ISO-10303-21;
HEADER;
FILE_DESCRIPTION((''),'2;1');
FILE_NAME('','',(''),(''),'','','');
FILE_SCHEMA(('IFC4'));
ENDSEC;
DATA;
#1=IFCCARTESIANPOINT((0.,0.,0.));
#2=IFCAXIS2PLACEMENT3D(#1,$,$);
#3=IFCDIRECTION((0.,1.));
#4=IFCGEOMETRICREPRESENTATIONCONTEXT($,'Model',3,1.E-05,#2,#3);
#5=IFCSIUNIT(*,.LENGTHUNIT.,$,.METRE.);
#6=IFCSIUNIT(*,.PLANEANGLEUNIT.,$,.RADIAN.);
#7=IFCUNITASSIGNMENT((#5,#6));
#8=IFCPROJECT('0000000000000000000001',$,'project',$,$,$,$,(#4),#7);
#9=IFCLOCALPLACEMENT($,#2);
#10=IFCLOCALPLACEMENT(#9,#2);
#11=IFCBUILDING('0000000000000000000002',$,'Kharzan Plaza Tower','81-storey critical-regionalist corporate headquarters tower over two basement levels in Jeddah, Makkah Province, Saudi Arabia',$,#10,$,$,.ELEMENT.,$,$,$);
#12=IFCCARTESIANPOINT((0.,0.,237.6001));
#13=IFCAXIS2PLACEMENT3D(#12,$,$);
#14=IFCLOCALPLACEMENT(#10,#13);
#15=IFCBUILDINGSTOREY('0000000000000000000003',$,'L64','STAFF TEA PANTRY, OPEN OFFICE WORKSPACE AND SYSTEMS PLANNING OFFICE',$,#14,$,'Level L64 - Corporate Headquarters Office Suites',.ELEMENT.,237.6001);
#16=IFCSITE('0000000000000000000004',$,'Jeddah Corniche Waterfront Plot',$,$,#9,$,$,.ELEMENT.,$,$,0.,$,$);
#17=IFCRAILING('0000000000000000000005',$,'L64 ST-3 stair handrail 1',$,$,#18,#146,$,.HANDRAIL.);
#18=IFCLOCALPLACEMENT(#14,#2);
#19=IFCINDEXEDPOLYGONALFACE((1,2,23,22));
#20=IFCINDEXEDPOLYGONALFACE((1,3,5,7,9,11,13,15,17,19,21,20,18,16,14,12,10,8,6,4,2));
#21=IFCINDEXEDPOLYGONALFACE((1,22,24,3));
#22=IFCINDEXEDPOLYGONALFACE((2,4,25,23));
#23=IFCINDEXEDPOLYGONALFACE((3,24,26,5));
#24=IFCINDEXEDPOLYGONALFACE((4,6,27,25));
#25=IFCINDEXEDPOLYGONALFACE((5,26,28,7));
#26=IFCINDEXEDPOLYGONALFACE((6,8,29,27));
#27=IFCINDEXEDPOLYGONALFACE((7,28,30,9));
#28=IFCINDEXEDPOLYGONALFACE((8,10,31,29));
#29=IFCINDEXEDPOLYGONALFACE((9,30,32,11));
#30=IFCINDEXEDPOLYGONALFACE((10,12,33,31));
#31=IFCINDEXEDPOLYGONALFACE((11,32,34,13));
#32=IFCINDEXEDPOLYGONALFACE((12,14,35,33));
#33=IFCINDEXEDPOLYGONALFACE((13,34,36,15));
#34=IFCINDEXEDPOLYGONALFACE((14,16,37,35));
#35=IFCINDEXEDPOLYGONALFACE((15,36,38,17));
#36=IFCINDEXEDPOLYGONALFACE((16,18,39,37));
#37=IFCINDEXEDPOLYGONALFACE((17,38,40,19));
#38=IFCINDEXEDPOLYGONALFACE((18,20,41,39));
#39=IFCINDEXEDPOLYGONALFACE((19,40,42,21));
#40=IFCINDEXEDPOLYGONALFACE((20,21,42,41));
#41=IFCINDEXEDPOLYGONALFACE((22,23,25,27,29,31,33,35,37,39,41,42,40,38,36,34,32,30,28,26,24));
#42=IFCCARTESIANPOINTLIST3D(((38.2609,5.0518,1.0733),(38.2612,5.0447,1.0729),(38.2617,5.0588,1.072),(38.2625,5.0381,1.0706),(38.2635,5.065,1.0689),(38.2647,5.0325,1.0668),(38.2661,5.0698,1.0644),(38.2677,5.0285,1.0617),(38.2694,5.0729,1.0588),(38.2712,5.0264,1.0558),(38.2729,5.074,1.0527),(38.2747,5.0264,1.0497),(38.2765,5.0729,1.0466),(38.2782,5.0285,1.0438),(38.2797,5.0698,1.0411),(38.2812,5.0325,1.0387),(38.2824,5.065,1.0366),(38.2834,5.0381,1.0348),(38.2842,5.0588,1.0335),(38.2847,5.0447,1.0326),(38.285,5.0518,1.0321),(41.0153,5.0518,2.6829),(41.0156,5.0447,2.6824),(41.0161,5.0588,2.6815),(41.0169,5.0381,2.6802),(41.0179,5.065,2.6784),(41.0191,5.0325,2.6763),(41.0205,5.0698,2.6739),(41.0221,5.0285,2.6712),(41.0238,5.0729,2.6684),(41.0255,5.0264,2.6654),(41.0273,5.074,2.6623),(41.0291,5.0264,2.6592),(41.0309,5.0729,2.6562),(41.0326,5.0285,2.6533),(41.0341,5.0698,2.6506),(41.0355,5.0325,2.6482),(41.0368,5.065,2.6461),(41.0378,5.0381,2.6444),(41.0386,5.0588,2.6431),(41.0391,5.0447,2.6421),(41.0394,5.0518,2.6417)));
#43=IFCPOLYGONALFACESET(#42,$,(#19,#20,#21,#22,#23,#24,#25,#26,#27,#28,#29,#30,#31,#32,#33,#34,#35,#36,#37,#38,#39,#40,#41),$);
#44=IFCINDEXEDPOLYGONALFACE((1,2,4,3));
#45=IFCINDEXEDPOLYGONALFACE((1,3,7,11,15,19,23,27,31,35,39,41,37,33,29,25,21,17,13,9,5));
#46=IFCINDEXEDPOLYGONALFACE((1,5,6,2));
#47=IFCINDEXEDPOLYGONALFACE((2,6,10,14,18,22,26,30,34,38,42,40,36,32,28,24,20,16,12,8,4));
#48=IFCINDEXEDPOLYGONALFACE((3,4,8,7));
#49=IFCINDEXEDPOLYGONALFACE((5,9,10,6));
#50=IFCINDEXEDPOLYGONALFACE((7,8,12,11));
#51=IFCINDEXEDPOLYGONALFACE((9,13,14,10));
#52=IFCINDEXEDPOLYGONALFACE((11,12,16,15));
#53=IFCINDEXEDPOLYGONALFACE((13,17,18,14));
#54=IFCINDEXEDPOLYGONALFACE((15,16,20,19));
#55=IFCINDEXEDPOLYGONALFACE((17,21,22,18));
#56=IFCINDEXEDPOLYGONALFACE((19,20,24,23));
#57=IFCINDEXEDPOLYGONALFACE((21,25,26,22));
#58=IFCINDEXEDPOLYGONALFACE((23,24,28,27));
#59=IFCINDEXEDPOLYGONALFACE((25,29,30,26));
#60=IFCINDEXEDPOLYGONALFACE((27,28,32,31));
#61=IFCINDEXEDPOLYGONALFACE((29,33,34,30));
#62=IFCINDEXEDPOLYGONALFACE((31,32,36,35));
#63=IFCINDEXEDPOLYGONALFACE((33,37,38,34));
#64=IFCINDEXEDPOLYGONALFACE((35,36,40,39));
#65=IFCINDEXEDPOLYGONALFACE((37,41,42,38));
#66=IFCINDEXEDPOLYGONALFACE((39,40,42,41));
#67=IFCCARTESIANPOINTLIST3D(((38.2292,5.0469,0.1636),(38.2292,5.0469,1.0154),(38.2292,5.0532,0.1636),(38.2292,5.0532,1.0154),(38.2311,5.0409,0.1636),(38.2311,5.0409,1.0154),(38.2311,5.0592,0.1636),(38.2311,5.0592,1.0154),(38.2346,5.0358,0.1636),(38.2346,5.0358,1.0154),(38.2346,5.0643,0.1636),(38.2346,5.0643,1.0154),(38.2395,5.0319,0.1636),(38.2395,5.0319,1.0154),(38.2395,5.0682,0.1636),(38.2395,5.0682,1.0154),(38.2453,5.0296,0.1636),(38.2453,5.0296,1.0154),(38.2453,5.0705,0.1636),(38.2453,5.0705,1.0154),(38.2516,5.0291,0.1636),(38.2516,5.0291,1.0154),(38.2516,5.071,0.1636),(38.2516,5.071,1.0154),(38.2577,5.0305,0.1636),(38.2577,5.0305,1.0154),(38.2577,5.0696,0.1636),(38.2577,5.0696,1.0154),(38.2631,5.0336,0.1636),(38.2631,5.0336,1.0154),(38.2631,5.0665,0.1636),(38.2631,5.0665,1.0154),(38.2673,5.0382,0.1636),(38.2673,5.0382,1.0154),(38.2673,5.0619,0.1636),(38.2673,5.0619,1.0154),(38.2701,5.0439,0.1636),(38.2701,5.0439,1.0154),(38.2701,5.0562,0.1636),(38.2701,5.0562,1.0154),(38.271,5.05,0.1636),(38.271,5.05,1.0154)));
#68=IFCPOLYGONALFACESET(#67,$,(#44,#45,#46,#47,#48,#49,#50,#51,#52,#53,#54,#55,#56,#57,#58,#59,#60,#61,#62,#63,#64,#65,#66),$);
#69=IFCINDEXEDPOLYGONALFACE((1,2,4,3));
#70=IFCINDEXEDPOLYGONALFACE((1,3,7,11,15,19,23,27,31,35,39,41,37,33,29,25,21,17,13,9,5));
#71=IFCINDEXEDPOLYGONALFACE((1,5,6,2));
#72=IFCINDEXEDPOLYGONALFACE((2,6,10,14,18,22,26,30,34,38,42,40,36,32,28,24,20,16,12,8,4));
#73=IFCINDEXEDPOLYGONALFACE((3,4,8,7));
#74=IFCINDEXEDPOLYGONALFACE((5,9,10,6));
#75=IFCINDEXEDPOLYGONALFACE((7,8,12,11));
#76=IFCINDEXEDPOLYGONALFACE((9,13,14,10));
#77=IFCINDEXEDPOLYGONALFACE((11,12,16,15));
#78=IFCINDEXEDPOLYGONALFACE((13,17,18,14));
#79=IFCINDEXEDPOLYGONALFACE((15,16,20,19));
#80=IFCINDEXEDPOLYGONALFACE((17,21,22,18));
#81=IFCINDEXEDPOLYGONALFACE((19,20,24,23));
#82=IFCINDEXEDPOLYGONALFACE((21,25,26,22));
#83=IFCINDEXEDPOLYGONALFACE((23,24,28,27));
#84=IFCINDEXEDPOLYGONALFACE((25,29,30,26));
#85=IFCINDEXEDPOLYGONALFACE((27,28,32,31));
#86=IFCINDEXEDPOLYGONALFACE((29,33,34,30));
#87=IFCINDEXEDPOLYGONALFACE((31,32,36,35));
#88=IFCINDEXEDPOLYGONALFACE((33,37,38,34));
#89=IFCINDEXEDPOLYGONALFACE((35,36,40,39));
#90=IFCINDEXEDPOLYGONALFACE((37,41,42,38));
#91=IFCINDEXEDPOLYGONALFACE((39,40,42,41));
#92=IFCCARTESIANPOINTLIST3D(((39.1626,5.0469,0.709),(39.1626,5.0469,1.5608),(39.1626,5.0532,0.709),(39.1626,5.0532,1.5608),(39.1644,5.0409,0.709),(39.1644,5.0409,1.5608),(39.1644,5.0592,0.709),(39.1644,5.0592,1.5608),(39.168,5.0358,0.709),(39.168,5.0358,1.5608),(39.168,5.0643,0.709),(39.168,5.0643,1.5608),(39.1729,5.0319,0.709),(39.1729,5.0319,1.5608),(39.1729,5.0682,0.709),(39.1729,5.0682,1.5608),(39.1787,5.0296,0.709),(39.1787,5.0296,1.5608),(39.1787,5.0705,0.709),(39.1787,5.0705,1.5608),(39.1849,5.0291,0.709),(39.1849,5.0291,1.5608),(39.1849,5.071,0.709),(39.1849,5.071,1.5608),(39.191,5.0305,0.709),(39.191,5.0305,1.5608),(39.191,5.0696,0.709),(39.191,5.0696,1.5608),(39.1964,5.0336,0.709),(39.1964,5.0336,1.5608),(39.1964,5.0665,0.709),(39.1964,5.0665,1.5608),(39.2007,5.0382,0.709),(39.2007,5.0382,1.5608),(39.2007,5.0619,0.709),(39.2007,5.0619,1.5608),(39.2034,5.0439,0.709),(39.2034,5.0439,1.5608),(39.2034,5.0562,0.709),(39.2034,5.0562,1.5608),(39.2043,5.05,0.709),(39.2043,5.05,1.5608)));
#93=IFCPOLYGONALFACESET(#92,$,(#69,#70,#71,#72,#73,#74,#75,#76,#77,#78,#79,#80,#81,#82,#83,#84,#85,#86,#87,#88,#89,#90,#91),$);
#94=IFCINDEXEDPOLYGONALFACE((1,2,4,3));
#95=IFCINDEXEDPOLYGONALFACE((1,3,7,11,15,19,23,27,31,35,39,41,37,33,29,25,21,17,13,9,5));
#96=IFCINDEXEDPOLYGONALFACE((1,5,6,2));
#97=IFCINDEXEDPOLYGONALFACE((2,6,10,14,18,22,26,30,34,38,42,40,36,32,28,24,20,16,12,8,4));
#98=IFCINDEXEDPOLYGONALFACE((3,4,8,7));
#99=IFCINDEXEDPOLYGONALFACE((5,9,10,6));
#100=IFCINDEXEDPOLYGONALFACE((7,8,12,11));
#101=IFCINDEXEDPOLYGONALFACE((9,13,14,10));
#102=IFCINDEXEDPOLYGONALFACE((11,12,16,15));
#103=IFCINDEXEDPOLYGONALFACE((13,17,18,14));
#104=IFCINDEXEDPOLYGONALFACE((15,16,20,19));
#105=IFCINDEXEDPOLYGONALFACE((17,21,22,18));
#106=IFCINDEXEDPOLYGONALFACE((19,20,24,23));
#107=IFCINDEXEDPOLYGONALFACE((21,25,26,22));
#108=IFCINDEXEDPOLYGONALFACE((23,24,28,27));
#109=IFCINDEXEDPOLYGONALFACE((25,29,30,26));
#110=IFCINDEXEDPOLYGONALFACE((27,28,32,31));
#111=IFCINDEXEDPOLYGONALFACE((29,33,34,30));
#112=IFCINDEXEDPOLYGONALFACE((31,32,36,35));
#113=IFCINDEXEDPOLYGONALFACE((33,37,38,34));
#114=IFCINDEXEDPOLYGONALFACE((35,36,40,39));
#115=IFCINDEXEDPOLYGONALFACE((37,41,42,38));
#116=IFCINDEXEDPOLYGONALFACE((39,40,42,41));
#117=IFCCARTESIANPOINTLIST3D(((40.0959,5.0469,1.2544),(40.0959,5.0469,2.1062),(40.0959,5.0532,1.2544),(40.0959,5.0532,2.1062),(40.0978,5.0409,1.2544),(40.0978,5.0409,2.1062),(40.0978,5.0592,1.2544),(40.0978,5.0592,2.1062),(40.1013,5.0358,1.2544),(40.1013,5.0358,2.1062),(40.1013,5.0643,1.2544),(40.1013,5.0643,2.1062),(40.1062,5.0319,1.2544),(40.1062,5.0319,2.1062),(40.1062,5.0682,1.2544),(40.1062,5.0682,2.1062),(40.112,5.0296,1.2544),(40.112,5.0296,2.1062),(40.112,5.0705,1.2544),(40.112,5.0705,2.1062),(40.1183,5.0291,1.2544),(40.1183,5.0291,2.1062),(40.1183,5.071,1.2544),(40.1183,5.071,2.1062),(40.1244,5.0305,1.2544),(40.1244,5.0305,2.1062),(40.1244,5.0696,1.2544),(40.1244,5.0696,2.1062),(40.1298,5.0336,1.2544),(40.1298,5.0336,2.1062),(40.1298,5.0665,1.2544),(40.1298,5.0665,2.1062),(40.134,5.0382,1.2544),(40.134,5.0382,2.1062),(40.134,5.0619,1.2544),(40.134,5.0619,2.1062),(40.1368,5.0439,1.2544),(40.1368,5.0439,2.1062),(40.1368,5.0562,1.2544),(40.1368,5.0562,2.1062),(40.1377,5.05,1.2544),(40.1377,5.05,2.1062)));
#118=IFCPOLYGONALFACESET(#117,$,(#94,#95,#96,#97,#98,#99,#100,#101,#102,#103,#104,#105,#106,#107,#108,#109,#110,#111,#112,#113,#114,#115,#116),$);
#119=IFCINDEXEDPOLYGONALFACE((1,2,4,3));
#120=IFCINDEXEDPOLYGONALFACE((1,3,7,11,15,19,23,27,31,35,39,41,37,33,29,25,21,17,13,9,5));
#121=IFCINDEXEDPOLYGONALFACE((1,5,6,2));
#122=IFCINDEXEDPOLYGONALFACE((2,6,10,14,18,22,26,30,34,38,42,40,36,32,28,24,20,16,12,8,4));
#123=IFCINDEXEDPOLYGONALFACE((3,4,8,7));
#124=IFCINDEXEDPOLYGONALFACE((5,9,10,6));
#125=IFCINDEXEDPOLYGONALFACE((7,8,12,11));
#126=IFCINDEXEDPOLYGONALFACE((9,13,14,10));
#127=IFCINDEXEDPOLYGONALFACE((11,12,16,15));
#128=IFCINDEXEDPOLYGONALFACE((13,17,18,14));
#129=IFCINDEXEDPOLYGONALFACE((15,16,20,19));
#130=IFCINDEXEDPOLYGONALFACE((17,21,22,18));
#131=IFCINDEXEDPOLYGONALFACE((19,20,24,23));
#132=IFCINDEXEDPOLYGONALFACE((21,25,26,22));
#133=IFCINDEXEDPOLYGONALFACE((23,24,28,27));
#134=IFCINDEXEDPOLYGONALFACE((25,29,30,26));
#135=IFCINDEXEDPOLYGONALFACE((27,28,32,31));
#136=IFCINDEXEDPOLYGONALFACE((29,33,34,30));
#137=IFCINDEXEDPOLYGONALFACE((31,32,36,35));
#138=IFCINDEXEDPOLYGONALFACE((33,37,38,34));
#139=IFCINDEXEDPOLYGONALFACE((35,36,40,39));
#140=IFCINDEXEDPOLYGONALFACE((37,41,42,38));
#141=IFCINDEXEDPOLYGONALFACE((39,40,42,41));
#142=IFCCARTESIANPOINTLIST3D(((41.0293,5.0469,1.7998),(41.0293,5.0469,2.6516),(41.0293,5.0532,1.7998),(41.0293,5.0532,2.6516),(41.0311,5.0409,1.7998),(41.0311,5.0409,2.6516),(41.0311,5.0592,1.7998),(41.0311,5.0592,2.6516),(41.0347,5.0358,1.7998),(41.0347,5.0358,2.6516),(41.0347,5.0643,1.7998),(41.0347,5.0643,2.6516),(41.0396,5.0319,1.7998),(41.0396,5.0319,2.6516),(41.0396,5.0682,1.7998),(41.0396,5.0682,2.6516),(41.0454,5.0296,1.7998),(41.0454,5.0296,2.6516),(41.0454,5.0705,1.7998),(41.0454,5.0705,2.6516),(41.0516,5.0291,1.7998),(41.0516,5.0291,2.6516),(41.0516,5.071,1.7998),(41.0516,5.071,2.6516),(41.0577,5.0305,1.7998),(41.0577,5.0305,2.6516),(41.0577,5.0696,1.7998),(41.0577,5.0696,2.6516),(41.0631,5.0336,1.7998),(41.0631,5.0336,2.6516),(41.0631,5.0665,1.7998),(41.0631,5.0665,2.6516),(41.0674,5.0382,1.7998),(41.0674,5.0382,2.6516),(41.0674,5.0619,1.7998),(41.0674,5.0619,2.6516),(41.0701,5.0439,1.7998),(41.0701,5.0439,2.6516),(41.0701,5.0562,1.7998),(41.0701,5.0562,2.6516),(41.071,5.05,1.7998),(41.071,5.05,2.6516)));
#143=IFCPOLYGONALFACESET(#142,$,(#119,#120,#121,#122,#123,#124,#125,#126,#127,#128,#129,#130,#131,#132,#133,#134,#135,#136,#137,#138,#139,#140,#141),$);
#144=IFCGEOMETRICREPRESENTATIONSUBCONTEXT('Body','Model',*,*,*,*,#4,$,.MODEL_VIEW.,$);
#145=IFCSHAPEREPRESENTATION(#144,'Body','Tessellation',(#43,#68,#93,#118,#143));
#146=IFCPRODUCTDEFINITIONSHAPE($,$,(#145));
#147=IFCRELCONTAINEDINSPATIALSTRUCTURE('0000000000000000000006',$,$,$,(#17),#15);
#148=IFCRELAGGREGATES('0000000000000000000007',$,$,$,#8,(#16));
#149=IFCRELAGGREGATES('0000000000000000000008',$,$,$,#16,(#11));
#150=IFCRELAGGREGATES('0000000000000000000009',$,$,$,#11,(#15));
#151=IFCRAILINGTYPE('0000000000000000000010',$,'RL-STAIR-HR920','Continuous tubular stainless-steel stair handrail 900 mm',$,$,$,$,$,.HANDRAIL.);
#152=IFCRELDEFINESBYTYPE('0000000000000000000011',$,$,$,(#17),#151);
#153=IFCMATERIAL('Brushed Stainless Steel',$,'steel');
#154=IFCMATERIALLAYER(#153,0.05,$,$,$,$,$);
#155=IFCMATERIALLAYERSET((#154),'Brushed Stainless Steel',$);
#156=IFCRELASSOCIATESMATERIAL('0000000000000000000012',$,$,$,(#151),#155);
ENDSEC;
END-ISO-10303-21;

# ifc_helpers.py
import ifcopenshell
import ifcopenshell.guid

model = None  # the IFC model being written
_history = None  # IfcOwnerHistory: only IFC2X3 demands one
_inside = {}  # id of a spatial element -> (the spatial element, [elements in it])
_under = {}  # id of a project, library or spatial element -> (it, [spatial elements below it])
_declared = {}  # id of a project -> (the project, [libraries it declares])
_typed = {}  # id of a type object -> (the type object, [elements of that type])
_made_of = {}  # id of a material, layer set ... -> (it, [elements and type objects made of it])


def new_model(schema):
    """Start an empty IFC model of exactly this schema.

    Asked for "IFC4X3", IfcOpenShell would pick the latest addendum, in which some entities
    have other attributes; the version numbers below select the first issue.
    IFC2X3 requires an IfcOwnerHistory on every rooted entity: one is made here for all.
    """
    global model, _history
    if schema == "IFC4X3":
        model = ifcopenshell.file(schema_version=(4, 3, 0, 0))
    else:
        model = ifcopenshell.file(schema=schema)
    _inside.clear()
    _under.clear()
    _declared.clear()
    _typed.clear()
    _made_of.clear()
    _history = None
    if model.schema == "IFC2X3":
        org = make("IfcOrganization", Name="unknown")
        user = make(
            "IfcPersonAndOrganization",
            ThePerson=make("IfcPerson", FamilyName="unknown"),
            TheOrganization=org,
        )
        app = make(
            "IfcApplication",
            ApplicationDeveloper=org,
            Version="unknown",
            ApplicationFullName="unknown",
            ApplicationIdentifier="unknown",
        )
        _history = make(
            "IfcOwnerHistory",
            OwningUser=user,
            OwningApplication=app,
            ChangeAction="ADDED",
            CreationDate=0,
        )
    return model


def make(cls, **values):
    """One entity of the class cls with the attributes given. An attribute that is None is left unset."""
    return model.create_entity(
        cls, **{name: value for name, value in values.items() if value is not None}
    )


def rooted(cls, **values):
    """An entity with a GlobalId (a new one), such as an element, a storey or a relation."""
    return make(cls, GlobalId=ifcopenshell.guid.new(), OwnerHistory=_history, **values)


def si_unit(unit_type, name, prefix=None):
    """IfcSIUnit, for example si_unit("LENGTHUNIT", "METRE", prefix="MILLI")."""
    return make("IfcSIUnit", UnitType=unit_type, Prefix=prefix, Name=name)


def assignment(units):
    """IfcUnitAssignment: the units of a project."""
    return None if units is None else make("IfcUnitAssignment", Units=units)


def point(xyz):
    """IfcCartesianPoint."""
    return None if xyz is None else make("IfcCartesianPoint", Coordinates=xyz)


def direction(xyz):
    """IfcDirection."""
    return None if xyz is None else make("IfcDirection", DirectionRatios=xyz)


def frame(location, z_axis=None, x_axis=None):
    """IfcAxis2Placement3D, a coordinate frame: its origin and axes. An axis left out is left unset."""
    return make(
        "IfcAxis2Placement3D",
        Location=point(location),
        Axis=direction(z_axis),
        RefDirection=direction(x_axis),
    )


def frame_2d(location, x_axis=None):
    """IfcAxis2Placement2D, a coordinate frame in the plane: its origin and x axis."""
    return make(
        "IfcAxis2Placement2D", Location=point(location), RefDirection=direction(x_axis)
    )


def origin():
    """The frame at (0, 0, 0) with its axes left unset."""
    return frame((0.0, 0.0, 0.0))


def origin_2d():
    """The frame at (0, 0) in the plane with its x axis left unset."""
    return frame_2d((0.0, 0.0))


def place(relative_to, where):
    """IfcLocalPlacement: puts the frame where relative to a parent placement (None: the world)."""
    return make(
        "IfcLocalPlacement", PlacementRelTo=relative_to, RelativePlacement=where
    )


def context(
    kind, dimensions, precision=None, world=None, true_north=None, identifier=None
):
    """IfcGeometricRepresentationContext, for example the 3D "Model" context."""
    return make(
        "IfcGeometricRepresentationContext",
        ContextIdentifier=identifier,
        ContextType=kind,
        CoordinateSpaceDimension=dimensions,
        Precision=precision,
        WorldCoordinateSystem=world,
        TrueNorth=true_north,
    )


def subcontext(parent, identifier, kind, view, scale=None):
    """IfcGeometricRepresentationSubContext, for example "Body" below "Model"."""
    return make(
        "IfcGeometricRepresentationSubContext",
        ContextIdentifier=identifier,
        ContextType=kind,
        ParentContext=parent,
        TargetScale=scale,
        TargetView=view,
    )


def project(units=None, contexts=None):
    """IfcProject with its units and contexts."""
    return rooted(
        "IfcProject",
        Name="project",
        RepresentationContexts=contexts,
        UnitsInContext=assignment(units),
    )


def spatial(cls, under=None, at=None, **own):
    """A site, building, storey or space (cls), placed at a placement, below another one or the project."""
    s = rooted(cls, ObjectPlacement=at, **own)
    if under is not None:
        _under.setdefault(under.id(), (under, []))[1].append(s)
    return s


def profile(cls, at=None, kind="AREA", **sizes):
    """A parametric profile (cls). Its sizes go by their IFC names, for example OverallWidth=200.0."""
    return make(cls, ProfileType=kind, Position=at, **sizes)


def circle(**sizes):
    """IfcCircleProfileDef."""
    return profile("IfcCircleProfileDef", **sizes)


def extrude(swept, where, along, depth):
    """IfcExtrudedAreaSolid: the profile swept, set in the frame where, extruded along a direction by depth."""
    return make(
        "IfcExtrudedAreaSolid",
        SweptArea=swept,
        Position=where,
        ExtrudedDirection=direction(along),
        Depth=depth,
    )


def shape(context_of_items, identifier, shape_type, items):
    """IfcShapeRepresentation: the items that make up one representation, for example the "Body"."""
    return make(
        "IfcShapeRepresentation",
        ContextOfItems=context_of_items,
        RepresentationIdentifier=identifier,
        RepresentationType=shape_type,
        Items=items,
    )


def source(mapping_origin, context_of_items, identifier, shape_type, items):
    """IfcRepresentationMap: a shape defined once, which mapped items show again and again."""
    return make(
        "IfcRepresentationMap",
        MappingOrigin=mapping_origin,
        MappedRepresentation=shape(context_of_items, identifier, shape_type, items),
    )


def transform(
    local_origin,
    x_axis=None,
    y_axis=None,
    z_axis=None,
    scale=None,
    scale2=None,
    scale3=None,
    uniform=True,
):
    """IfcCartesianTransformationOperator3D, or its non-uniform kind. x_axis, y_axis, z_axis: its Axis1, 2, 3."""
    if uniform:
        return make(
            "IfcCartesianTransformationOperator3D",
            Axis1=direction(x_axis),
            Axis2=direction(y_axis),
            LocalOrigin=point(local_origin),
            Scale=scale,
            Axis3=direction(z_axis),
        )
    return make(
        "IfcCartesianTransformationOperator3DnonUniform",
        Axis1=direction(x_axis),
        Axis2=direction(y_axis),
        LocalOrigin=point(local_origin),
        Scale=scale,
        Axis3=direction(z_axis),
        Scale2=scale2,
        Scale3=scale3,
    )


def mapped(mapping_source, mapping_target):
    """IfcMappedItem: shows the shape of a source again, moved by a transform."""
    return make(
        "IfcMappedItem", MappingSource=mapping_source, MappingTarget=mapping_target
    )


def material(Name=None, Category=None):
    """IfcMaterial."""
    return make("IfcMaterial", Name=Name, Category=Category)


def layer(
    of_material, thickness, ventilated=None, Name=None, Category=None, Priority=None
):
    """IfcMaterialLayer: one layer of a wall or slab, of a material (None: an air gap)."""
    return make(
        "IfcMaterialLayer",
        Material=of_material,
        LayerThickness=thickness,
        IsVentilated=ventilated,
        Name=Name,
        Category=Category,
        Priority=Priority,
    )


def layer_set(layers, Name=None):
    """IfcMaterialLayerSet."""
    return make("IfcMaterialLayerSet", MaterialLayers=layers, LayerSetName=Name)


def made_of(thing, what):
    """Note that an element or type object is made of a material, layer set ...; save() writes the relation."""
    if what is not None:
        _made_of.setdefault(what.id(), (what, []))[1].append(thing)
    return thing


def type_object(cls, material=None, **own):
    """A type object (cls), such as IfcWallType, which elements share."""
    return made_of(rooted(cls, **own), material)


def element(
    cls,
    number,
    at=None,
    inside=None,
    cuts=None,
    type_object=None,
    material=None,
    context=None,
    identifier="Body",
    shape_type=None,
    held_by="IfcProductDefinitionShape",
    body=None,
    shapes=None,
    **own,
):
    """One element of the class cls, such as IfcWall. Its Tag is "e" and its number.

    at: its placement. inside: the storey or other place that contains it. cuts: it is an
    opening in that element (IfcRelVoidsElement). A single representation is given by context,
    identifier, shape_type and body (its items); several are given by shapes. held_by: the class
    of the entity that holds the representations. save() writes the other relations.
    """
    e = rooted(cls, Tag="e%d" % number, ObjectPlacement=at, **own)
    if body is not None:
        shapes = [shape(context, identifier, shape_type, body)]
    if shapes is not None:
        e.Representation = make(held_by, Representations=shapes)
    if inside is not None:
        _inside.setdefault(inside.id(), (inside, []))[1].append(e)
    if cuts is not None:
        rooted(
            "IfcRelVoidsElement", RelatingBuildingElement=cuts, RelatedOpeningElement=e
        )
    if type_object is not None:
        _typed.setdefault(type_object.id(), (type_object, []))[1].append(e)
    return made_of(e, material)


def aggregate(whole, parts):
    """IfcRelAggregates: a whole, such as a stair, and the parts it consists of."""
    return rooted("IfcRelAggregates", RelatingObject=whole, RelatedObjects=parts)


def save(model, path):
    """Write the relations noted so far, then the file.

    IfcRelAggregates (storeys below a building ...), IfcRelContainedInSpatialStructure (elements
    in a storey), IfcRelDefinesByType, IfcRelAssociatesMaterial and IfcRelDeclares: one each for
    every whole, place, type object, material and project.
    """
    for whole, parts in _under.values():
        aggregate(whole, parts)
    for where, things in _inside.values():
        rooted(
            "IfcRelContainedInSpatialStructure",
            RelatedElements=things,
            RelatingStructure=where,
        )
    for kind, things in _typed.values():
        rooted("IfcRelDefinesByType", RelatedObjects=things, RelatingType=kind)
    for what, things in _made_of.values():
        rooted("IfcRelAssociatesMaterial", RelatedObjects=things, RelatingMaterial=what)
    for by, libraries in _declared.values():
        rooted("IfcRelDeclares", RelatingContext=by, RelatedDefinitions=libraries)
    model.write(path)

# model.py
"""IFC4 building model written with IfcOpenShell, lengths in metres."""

from ifc_helpers import new_model, si_unit, direction, frame, origin, origin_2d, place, context, subcontext, project, spatial, circle, extrude, source, transform, mapped, material, layer, layer_set, type_object, element, save


model = new_model("IFC4")

# Units and contexts
model_context = context("Model", 3, precision=1e-05, world=origin(), true_north=direction((0.0, 1.0)))
body_context = subcontext(model_context, "Body", "Model", "MODEL_VIEW")
ifc_project = project(units=[si_unit("LENGTHUNIT", "METRE"), si_unit("PLANEANGLEUNIT", "RADIAN")], contexts=[model_context])

# Site, building, storey
site_placement = place(None, origin())
site = spatial("IfcSite", under=ifc_project, at=site_placement, Name="Jeddah Corniche Waterfront Plot", CompositionType="ELEMENT", RefElevation=0.0)
building_placement = place(site_placement, origin())
building = spatial("IfcBuilding", under=site, at=building_placement, Name="Kharzan Plaza Tower", Description="81-storey critical-regionalist corporate headquarters tower over two basement levels in Jeddah, Makkah Province, Saudi Arabia", CompositionType="ELEMENT")
storey_placement = place(building_placement, frame((0.0, 0.0, 237.6001)))
storey = spatial("IfcBuildingStorey", under=building, at=storey_placement, Name="L64", Description="STAFF TEA PANTRY, OPEN OFFICE WORKSPACE AND SYSTEMS PLANNING OFFICE", LongName="Level L64 - Corporate Headquarters Office Suites", CompositionType="ELEMENT", Elevation=237.6001)

# Railing
ifc_material_1 = material(Name="Brushed Stainless Steel", Category="steel")
ifc_layer_1 = layer(ifc_material_1, 0.05)
ifc_layer_set_1 = layer_set([ifc_layer_1], Name="Brushed Stainless Steel")
railing_type_1 = type_object("IfcRailingType", Name="RL-STAIR-HR920", Description="Continuous tubular stainless-steel stair handrail 900 mm", PredefinedType="HANDRAIL", material=ifc_layer_set_1)
shared_shape_1 = source(origin(), body_context, "Body", "SweptSolid", [
    extrude(circle(Radius=0.0239, at=origin_2d()), frame((0.0229, 0.0, 0.8892), z_axis=(0.863394, 0.0, 0.504531), x_axis=(0.0, 1.0, 0.0)), (0.0, 0.0, 1.0), 3.1902),
    extrude(circle(Radius=0.021, at=origin_2d()), origin(), (0.0, 0.0, 1.0), 0.8518),
    extrude(circle(Radius=0.021, at=origin_2d()), frame((0.9333, 0.0, 0.5454)), (0.0, 0.0, 1.0), 0.8518),
    extrude(circle(Radius=0.021, at=origin_2d()), frame((1.8667, 0.0, 1.0908)), (0.0, 0.0, 1.0), 0.8518),
    extrude(circle(Radius=0.021, at=origin_2d()), frame((2.8, 0.0, 1.6362)), (0.0, 0.0, 1.0), 0.8518),
])
railing_1_placement = place(storey_placement, frame((38.25, 5.05, 0.1636)))
element("IfcRailing", 1, at=railing_1_placement, inside=storey, type_object=railing_type_1, Name="L64 ST-3 stair handrail 1", PredefinedType="HANDRAIL", context=body_context, shape_type="MappedRepresentation", body=[
    mapped(shared_shape_1, transform((0.0, 0.0, 0.0), x_axis=(1.0, 0.0, 0.0), y_axis=(0.0, 1.0, 0.0), z_axis=(0.0, 0.0, 1.0))),
])

save(model, "model.ifc")
